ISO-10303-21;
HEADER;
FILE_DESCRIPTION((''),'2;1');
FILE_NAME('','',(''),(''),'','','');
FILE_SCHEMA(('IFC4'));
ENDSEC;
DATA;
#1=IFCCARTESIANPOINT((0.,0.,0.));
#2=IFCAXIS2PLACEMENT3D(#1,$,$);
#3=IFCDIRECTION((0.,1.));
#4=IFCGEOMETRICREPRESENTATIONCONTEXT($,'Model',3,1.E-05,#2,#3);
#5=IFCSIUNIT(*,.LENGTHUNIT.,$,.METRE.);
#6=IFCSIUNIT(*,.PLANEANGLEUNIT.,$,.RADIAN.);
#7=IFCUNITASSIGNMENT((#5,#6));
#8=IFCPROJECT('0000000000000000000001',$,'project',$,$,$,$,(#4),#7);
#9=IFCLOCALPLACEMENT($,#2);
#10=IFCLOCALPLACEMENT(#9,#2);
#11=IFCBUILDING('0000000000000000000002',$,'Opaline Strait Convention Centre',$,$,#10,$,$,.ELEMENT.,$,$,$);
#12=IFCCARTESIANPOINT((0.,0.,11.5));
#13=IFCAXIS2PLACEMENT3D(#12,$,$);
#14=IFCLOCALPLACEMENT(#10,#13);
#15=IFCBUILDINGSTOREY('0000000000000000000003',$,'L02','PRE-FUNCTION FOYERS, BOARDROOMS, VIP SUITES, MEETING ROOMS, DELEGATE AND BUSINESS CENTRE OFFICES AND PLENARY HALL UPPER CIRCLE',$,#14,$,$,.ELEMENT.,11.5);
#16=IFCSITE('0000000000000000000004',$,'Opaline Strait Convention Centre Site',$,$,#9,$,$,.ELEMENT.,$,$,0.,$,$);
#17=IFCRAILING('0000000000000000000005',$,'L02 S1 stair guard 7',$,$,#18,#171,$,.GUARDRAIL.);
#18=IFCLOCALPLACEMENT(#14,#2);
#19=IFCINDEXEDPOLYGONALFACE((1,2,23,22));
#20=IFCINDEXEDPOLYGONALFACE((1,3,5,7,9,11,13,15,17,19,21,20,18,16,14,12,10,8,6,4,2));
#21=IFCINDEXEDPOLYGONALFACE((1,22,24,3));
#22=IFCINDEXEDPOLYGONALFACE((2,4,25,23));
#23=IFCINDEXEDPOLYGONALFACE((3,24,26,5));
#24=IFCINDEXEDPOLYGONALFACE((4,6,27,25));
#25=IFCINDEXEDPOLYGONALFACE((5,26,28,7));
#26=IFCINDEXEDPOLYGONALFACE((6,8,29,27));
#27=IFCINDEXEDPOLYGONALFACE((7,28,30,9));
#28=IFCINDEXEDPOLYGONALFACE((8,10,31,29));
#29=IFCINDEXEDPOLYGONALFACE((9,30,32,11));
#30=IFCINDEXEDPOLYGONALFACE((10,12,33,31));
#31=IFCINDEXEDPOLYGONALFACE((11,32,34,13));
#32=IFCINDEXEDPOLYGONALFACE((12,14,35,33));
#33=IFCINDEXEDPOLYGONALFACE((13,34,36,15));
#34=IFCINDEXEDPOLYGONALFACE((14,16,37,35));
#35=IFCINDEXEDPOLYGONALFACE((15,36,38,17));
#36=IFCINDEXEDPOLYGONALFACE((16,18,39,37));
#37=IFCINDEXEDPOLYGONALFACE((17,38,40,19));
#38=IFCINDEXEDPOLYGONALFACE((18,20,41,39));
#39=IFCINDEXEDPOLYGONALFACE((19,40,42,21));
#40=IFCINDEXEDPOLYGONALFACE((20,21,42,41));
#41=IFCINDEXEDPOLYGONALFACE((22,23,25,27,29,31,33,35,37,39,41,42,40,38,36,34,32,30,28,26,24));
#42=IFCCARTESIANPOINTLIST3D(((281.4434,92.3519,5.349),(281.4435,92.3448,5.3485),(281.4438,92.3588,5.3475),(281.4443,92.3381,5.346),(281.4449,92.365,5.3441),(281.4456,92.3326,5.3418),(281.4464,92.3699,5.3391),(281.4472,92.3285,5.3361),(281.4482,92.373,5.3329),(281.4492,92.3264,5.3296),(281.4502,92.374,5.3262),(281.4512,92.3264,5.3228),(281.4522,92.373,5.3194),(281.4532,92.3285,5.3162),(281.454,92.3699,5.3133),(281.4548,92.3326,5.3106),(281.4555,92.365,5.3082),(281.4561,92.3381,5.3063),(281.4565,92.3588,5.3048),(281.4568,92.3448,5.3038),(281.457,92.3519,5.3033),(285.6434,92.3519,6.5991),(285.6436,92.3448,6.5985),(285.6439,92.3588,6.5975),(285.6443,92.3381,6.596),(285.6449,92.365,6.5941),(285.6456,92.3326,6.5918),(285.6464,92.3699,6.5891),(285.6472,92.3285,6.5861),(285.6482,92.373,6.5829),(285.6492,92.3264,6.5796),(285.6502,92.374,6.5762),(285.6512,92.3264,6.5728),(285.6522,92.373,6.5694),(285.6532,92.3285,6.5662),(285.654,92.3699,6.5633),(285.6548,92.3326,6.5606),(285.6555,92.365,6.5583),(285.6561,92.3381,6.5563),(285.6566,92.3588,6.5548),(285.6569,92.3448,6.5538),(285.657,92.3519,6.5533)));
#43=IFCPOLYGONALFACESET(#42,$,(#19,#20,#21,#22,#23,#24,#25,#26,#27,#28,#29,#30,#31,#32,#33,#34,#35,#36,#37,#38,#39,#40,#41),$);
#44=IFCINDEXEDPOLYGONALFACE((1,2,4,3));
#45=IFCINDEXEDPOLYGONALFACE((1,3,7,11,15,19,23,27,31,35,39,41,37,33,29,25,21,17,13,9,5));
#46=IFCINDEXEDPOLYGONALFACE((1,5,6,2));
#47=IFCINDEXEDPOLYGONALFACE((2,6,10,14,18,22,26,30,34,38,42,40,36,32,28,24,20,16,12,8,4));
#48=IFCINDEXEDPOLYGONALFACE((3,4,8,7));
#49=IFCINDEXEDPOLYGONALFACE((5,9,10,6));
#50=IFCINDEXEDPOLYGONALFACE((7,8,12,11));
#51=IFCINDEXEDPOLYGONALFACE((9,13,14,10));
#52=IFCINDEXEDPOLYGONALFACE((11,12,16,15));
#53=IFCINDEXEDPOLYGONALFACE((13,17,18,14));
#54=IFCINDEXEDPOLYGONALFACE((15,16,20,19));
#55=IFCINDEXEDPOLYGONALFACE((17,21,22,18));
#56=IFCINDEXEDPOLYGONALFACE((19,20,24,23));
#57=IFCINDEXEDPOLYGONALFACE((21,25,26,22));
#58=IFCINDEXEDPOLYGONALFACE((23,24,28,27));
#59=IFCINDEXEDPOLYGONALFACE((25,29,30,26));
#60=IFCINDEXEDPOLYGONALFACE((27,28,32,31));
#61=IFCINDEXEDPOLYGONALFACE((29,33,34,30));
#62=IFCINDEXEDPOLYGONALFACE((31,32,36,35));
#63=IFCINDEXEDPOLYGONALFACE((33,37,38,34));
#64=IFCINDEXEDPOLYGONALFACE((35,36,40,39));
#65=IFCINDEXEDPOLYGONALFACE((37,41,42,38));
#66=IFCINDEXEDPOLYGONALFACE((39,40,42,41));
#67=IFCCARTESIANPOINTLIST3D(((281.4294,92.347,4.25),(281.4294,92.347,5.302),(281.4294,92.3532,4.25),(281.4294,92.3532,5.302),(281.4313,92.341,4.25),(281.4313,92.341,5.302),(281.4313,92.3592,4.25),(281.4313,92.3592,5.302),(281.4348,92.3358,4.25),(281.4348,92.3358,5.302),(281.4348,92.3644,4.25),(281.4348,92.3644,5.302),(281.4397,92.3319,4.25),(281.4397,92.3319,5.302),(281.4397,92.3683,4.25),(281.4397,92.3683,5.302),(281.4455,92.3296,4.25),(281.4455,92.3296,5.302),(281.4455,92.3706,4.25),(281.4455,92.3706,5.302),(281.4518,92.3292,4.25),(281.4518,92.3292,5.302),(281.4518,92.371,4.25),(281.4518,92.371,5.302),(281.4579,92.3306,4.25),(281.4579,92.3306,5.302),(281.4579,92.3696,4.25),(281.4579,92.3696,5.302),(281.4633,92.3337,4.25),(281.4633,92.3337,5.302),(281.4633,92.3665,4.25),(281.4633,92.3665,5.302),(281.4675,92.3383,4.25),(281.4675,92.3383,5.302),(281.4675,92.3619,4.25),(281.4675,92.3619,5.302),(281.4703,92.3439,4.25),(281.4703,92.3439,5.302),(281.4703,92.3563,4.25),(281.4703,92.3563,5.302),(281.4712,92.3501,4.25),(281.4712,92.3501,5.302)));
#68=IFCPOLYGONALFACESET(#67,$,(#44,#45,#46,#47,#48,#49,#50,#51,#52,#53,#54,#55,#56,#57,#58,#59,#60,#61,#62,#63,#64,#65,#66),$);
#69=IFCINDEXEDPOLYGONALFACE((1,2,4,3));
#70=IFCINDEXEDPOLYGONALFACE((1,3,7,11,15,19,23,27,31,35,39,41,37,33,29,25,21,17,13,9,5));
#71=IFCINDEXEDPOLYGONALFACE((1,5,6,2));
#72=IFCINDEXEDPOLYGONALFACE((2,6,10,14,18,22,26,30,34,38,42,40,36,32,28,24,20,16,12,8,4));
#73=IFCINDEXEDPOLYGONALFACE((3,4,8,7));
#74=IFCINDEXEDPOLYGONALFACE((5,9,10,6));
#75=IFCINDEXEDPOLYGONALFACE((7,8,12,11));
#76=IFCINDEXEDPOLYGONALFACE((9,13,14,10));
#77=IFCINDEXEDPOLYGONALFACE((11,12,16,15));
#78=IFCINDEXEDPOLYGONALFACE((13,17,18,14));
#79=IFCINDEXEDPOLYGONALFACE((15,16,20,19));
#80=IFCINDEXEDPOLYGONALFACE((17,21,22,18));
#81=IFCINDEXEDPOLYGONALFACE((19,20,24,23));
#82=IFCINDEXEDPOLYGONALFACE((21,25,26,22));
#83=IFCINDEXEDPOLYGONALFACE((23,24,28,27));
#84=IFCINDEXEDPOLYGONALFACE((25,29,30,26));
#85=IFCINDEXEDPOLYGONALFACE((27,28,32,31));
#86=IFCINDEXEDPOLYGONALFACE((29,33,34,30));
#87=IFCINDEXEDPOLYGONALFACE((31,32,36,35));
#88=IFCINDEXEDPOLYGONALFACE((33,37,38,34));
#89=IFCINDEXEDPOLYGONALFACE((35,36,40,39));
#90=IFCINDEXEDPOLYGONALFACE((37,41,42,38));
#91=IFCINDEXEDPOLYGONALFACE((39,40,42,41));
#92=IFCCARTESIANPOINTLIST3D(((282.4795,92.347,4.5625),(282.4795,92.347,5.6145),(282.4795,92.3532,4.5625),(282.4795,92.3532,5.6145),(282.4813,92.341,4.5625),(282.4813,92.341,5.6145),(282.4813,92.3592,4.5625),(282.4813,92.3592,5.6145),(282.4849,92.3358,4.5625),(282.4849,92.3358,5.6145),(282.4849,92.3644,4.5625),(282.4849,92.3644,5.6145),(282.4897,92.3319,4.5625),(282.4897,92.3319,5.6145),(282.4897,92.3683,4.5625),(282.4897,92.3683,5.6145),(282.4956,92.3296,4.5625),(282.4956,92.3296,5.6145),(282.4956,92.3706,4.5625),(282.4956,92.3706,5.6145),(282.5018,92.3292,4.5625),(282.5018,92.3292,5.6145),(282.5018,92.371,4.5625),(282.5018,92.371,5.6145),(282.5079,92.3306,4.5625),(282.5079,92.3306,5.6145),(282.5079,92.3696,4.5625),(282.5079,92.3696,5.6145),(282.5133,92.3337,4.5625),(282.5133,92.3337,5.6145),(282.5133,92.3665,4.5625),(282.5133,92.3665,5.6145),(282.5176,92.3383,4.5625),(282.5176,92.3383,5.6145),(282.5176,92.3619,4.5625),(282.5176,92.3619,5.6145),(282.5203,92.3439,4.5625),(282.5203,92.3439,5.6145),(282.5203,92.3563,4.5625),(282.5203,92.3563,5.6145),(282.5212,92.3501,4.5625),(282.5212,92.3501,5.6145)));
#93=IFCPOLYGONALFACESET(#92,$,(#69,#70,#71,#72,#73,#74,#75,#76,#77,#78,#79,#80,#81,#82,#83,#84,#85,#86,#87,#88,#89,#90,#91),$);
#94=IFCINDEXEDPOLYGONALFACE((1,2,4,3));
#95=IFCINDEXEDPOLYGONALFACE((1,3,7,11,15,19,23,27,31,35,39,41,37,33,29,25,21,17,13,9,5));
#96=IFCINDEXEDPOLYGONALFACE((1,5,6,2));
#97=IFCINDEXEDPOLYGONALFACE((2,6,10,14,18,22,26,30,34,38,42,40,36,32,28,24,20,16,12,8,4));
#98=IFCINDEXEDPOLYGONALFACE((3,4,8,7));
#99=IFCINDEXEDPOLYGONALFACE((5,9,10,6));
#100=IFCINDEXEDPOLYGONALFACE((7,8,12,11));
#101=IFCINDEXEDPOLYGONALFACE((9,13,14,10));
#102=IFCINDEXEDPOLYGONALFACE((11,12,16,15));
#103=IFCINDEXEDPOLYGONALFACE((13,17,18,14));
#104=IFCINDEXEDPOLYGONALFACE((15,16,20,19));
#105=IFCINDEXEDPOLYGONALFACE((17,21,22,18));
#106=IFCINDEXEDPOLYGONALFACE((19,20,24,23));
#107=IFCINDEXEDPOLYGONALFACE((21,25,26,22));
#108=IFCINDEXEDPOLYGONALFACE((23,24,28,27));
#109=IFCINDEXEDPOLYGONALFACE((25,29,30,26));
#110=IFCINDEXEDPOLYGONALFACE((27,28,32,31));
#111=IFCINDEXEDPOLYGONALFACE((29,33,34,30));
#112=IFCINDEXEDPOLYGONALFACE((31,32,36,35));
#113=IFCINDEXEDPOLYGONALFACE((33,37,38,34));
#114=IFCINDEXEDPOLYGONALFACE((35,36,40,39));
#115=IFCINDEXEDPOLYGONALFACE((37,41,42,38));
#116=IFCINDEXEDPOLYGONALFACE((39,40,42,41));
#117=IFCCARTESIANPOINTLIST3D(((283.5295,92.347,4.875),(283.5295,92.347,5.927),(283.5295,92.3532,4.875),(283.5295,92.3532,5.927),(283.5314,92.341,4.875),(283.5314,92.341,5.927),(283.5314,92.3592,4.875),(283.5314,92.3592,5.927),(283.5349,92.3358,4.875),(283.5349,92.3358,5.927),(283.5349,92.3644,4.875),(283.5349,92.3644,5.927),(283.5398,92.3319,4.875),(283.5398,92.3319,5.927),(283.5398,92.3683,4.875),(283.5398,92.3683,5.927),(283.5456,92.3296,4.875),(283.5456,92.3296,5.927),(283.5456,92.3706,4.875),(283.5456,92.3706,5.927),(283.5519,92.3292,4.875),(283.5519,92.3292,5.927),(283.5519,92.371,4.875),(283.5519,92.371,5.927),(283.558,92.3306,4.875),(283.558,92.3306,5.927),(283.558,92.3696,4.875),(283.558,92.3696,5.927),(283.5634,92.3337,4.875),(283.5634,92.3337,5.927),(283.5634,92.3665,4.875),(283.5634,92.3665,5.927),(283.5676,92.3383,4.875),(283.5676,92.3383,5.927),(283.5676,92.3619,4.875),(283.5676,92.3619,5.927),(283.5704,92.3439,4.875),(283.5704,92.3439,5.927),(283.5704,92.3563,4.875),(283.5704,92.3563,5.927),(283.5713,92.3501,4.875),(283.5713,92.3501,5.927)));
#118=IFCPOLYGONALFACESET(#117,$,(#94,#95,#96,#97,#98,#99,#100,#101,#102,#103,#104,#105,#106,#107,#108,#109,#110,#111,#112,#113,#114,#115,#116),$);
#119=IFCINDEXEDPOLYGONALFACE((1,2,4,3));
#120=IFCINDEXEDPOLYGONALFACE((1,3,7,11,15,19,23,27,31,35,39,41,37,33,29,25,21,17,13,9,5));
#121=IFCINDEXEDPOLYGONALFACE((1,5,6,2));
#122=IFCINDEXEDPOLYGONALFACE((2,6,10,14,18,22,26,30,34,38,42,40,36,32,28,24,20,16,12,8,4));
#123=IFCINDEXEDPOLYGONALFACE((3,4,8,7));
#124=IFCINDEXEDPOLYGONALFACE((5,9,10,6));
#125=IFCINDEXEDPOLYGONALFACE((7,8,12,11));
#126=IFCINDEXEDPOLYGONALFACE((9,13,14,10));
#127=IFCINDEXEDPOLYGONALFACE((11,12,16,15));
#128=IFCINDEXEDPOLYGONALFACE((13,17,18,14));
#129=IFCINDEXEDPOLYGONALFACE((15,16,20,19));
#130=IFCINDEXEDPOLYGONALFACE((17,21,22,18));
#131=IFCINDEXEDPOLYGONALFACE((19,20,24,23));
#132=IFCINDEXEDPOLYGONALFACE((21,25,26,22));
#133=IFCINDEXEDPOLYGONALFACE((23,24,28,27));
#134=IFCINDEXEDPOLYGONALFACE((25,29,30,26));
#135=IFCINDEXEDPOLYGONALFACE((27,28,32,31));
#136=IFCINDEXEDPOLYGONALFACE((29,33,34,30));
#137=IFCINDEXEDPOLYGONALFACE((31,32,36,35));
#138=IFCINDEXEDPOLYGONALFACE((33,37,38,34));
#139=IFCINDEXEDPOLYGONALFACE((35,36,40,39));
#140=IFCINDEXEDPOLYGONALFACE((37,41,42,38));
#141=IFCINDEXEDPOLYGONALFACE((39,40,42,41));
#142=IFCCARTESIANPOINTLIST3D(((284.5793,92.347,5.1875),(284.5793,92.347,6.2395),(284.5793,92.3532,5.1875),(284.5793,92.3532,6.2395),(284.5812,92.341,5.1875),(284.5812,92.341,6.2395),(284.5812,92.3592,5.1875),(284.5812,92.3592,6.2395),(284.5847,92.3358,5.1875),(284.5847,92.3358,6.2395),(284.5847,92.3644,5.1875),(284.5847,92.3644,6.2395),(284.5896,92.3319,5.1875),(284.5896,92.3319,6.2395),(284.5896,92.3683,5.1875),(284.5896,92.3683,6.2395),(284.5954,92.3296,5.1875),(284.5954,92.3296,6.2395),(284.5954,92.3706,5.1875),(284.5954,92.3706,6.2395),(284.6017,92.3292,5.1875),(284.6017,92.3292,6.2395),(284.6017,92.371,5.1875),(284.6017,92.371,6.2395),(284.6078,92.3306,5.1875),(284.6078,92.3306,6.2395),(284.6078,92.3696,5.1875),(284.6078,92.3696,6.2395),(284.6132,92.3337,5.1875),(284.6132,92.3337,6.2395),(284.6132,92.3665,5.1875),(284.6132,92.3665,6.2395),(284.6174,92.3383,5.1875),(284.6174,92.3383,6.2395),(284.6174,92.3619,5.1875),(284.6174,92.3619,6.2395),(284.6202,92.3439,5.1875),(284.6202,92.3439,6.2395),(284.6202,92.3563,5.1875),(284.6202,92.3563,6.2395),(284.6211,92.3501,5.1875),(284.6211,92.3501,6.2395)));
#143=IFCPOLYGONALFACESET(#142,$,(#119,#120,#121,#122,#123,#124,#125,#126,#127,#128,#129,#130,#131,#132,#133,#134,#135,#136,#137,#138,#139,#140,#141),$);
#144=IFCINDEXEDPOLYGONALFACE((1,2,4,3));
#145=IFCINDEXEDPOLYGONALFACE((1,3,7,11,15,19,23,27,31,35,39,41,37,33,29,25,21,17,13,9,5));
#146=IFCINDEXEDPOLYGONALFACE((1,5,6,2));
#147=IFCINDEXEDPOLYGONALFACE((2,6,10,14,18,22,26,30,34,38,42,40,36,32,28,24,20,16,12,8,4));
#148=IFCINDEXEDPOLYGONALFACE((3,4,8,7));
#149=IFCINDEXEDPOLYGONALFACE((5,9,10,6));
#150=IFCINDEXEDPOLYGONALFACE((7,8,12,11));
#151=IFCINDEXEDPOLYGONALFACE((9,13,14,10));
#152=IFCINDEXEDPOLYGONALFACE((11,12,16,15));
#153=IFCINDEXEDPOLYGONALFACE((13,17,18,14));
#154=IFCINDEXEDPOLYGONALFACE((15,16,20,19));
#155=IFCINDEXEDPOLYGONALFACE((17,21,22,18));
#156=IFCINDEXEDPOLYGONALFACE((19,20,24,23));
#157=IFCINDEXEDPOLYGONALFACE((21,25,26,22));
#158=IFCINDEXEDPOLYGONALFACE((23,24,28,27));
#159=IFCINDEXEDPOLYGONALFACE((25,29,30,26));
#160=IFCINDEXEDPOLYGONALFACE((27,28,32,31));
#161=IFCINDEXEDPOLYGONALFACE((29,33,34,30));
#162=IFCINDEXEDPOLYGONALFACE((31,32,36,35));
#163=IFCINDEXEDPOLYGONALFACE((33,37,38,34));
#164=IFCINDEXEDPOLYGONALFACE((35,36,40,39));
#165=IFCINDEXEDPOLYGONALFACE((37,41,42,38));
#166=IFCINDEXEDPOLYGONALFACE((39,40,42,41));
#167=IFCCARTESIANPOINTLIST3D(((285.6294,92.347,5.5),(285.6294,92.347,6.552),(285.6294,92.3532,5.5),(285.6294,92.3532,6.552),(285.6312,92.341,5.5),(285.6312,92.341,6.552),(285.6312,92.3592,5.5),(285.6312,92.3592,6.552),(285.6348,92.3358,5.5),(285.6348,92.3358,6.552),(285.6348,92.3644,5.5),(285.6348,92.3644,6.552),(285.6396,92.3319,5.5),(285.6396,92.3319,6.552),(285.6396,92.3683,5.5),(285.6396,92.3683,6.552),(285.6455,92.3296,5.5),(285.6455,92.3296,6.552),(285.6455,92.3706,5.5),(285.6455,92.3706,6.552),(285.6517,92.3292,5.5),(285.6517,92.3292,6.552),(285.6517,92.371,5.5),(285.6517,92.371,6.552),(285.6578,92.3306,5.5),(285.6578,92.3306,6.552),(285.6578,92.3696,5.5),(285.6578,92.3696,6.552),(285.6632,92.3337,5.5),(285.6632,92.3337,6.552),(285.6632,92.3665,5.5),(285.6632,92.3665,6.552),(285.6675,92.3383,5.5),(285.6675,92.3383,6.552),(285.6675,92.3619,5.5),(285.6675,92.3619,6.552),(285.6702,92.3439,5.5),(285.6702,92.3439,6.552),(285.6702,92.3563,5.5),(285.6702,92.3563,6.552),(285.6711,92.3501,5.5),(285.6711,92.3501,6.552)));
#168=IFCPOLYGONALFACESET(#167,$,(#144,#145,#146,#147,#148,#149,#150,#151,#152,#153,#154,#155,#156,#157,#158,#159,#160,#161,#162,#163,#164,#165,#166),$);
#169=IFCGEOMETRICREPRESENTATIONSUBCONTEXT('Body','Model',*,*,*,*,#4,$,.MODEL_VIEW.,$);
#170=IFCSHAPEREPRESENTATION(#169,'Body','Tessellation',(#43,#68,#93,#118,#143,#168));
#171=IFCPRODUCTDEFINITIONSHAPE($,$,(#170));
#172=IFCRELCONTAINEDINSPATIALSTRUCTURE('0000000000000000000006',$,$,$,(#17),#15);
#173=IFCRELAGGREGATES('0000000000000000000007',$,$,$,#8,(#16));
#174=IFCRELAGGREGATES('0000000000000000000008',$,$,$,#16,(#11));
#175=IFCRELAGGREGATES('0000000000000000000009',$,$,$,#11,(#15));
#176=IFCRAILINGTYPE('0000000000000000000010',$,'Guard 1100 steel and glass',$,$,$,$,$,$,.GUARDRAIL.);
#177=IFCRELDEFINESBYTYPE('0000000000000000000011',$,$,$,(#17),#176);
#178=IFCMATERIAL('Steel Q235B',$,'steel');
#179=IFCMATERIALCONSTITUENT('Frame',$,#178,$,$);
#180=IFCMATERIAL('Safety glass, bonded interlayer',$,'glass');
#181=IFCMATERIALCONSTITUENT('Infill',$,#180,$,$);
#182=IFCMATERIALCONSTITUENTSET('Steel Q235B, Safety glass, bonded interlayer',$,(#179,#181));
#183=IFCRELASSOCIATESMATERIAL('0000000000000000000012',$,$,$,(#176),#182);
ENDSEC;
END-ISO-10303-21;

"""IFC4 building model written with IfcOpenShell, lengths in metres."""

from ifc_helpers import new_model, si_unit, direction, frame, origin, origin_2d, place, context, subcontext, project, spatial, circle, extrude, material, constituent, constituent_set, type_object, element, save


model = new_model("IFC4")

# Units and contexts
model_context = context("Model", 3, precision=1e-05, world=origin(), true_north=direction((0.0, 1.0)))
body_context = subcontext(model_context, "Body", "Model", "MODEL_VIEW")
ifc_project = project(units=[si_unit("LENGTHUNIT", "METRE"), si_unit("PLANEANGLEUNIT", "RADIAN")], contexts=[model_context])

# Site, building, storey
site_placement = place(None, origin())
site = spatial("IfcSite", under=ifc_project, at=site_placement, Name="Opaline Strait Convention Centre Site", CompositionType="ELEMENT", RefElevation=0.0)
building_placement = place(site_placement, origin())
building = spatial("IfcBuilding", under=site, at=building_placement, Name="Opaline Strait Convention Centre", CompositionType="ELEMENT")
storey_placement = place(building_placement, frame((0.0, 0.0, 11.5)))
storey = spatial("IfcBuildingStorey", under=building, at=storey_placement, Name="L02", Description="PRE-FUNCTION FOYERS, BOARDROOMS, VIP SUITES, MEETING ROOMS, DELEGATE AND BUSINESS CENTRE OFFICES AND PLENARY HALL UPPER CIRCLE", CompositionType="ELEMENT", Elevation=11.5)

# Railing
ifc_material_1 = material(Name="Steel Q235B", Category="steel")
ifc_constituent_1 = constituent(ifc_material_1, Name="Frame")
ifc_material_2 = material(Name="Safety glass, bonded interlayer", Category="glass")
ifc_constituent_2 = constituent(ifc_material_2, Name="Infill")
ifc_constituent_set = constituent_set(constituents=[ifc_constituent_1, ifc_constituent_2], Name="Steel Q235B, Safety glass, bonded interlayer")
railing_type = type_object("IfcRailingType", Name="Guard 1100 steel and glass", PredefinedType="GUARDRAIL", material=ifc_constituent_set)
railing_1_placement = place(storey_placement, frame((281.4502, 92.3501, 4.25)))
element("IfcRailing", 1, at=railing_1_placement, inside=storey, type_object=railing_type, Name="L02 S1 stair guard 7", PredefinedType="GUARDRAIL", context=body_context, shape_type="SweptSolid", body=[
    extrude(circle(Radius=0.0239, at=origin_2d()), frame((0.0, 0.0, 1.0762), z_axis=(0.958451, 0.0, 0.285257), x_axis=(0.0, 1.0, 0.0)), (0.0, 0.0, 1.0), 4.3821),
    extrude(circle(Radius=0.021, at=origin_2d()), origin(), (0.0, 0.0, 1.0), 1.052),
    extrude(circle(Radius=0.021, at=origin_2d()), frame((1.05, 0.0, 0.3125)), (0.0, 0.0, 1.0), 1.052),
    extrude(circle(Radius=0.021, at=origin_2d()), frame((2.1001, 0.0, 0.625)), (0.0, 0.0, 1.0), 1.052),
    extrude(circle(Radius=0.021, at=origin_2d()), frame((3.1499, 0.0, 0.9375)), (0.0, 0.0, 1.0), 1.052),
    extrude(circle(Radius=0.021, at=origin_2d()), frame((4.2, 0.0, 1.25)), (0.0, 0.0, 1.0), 1.052),
])

save(model, "model.ifc")
